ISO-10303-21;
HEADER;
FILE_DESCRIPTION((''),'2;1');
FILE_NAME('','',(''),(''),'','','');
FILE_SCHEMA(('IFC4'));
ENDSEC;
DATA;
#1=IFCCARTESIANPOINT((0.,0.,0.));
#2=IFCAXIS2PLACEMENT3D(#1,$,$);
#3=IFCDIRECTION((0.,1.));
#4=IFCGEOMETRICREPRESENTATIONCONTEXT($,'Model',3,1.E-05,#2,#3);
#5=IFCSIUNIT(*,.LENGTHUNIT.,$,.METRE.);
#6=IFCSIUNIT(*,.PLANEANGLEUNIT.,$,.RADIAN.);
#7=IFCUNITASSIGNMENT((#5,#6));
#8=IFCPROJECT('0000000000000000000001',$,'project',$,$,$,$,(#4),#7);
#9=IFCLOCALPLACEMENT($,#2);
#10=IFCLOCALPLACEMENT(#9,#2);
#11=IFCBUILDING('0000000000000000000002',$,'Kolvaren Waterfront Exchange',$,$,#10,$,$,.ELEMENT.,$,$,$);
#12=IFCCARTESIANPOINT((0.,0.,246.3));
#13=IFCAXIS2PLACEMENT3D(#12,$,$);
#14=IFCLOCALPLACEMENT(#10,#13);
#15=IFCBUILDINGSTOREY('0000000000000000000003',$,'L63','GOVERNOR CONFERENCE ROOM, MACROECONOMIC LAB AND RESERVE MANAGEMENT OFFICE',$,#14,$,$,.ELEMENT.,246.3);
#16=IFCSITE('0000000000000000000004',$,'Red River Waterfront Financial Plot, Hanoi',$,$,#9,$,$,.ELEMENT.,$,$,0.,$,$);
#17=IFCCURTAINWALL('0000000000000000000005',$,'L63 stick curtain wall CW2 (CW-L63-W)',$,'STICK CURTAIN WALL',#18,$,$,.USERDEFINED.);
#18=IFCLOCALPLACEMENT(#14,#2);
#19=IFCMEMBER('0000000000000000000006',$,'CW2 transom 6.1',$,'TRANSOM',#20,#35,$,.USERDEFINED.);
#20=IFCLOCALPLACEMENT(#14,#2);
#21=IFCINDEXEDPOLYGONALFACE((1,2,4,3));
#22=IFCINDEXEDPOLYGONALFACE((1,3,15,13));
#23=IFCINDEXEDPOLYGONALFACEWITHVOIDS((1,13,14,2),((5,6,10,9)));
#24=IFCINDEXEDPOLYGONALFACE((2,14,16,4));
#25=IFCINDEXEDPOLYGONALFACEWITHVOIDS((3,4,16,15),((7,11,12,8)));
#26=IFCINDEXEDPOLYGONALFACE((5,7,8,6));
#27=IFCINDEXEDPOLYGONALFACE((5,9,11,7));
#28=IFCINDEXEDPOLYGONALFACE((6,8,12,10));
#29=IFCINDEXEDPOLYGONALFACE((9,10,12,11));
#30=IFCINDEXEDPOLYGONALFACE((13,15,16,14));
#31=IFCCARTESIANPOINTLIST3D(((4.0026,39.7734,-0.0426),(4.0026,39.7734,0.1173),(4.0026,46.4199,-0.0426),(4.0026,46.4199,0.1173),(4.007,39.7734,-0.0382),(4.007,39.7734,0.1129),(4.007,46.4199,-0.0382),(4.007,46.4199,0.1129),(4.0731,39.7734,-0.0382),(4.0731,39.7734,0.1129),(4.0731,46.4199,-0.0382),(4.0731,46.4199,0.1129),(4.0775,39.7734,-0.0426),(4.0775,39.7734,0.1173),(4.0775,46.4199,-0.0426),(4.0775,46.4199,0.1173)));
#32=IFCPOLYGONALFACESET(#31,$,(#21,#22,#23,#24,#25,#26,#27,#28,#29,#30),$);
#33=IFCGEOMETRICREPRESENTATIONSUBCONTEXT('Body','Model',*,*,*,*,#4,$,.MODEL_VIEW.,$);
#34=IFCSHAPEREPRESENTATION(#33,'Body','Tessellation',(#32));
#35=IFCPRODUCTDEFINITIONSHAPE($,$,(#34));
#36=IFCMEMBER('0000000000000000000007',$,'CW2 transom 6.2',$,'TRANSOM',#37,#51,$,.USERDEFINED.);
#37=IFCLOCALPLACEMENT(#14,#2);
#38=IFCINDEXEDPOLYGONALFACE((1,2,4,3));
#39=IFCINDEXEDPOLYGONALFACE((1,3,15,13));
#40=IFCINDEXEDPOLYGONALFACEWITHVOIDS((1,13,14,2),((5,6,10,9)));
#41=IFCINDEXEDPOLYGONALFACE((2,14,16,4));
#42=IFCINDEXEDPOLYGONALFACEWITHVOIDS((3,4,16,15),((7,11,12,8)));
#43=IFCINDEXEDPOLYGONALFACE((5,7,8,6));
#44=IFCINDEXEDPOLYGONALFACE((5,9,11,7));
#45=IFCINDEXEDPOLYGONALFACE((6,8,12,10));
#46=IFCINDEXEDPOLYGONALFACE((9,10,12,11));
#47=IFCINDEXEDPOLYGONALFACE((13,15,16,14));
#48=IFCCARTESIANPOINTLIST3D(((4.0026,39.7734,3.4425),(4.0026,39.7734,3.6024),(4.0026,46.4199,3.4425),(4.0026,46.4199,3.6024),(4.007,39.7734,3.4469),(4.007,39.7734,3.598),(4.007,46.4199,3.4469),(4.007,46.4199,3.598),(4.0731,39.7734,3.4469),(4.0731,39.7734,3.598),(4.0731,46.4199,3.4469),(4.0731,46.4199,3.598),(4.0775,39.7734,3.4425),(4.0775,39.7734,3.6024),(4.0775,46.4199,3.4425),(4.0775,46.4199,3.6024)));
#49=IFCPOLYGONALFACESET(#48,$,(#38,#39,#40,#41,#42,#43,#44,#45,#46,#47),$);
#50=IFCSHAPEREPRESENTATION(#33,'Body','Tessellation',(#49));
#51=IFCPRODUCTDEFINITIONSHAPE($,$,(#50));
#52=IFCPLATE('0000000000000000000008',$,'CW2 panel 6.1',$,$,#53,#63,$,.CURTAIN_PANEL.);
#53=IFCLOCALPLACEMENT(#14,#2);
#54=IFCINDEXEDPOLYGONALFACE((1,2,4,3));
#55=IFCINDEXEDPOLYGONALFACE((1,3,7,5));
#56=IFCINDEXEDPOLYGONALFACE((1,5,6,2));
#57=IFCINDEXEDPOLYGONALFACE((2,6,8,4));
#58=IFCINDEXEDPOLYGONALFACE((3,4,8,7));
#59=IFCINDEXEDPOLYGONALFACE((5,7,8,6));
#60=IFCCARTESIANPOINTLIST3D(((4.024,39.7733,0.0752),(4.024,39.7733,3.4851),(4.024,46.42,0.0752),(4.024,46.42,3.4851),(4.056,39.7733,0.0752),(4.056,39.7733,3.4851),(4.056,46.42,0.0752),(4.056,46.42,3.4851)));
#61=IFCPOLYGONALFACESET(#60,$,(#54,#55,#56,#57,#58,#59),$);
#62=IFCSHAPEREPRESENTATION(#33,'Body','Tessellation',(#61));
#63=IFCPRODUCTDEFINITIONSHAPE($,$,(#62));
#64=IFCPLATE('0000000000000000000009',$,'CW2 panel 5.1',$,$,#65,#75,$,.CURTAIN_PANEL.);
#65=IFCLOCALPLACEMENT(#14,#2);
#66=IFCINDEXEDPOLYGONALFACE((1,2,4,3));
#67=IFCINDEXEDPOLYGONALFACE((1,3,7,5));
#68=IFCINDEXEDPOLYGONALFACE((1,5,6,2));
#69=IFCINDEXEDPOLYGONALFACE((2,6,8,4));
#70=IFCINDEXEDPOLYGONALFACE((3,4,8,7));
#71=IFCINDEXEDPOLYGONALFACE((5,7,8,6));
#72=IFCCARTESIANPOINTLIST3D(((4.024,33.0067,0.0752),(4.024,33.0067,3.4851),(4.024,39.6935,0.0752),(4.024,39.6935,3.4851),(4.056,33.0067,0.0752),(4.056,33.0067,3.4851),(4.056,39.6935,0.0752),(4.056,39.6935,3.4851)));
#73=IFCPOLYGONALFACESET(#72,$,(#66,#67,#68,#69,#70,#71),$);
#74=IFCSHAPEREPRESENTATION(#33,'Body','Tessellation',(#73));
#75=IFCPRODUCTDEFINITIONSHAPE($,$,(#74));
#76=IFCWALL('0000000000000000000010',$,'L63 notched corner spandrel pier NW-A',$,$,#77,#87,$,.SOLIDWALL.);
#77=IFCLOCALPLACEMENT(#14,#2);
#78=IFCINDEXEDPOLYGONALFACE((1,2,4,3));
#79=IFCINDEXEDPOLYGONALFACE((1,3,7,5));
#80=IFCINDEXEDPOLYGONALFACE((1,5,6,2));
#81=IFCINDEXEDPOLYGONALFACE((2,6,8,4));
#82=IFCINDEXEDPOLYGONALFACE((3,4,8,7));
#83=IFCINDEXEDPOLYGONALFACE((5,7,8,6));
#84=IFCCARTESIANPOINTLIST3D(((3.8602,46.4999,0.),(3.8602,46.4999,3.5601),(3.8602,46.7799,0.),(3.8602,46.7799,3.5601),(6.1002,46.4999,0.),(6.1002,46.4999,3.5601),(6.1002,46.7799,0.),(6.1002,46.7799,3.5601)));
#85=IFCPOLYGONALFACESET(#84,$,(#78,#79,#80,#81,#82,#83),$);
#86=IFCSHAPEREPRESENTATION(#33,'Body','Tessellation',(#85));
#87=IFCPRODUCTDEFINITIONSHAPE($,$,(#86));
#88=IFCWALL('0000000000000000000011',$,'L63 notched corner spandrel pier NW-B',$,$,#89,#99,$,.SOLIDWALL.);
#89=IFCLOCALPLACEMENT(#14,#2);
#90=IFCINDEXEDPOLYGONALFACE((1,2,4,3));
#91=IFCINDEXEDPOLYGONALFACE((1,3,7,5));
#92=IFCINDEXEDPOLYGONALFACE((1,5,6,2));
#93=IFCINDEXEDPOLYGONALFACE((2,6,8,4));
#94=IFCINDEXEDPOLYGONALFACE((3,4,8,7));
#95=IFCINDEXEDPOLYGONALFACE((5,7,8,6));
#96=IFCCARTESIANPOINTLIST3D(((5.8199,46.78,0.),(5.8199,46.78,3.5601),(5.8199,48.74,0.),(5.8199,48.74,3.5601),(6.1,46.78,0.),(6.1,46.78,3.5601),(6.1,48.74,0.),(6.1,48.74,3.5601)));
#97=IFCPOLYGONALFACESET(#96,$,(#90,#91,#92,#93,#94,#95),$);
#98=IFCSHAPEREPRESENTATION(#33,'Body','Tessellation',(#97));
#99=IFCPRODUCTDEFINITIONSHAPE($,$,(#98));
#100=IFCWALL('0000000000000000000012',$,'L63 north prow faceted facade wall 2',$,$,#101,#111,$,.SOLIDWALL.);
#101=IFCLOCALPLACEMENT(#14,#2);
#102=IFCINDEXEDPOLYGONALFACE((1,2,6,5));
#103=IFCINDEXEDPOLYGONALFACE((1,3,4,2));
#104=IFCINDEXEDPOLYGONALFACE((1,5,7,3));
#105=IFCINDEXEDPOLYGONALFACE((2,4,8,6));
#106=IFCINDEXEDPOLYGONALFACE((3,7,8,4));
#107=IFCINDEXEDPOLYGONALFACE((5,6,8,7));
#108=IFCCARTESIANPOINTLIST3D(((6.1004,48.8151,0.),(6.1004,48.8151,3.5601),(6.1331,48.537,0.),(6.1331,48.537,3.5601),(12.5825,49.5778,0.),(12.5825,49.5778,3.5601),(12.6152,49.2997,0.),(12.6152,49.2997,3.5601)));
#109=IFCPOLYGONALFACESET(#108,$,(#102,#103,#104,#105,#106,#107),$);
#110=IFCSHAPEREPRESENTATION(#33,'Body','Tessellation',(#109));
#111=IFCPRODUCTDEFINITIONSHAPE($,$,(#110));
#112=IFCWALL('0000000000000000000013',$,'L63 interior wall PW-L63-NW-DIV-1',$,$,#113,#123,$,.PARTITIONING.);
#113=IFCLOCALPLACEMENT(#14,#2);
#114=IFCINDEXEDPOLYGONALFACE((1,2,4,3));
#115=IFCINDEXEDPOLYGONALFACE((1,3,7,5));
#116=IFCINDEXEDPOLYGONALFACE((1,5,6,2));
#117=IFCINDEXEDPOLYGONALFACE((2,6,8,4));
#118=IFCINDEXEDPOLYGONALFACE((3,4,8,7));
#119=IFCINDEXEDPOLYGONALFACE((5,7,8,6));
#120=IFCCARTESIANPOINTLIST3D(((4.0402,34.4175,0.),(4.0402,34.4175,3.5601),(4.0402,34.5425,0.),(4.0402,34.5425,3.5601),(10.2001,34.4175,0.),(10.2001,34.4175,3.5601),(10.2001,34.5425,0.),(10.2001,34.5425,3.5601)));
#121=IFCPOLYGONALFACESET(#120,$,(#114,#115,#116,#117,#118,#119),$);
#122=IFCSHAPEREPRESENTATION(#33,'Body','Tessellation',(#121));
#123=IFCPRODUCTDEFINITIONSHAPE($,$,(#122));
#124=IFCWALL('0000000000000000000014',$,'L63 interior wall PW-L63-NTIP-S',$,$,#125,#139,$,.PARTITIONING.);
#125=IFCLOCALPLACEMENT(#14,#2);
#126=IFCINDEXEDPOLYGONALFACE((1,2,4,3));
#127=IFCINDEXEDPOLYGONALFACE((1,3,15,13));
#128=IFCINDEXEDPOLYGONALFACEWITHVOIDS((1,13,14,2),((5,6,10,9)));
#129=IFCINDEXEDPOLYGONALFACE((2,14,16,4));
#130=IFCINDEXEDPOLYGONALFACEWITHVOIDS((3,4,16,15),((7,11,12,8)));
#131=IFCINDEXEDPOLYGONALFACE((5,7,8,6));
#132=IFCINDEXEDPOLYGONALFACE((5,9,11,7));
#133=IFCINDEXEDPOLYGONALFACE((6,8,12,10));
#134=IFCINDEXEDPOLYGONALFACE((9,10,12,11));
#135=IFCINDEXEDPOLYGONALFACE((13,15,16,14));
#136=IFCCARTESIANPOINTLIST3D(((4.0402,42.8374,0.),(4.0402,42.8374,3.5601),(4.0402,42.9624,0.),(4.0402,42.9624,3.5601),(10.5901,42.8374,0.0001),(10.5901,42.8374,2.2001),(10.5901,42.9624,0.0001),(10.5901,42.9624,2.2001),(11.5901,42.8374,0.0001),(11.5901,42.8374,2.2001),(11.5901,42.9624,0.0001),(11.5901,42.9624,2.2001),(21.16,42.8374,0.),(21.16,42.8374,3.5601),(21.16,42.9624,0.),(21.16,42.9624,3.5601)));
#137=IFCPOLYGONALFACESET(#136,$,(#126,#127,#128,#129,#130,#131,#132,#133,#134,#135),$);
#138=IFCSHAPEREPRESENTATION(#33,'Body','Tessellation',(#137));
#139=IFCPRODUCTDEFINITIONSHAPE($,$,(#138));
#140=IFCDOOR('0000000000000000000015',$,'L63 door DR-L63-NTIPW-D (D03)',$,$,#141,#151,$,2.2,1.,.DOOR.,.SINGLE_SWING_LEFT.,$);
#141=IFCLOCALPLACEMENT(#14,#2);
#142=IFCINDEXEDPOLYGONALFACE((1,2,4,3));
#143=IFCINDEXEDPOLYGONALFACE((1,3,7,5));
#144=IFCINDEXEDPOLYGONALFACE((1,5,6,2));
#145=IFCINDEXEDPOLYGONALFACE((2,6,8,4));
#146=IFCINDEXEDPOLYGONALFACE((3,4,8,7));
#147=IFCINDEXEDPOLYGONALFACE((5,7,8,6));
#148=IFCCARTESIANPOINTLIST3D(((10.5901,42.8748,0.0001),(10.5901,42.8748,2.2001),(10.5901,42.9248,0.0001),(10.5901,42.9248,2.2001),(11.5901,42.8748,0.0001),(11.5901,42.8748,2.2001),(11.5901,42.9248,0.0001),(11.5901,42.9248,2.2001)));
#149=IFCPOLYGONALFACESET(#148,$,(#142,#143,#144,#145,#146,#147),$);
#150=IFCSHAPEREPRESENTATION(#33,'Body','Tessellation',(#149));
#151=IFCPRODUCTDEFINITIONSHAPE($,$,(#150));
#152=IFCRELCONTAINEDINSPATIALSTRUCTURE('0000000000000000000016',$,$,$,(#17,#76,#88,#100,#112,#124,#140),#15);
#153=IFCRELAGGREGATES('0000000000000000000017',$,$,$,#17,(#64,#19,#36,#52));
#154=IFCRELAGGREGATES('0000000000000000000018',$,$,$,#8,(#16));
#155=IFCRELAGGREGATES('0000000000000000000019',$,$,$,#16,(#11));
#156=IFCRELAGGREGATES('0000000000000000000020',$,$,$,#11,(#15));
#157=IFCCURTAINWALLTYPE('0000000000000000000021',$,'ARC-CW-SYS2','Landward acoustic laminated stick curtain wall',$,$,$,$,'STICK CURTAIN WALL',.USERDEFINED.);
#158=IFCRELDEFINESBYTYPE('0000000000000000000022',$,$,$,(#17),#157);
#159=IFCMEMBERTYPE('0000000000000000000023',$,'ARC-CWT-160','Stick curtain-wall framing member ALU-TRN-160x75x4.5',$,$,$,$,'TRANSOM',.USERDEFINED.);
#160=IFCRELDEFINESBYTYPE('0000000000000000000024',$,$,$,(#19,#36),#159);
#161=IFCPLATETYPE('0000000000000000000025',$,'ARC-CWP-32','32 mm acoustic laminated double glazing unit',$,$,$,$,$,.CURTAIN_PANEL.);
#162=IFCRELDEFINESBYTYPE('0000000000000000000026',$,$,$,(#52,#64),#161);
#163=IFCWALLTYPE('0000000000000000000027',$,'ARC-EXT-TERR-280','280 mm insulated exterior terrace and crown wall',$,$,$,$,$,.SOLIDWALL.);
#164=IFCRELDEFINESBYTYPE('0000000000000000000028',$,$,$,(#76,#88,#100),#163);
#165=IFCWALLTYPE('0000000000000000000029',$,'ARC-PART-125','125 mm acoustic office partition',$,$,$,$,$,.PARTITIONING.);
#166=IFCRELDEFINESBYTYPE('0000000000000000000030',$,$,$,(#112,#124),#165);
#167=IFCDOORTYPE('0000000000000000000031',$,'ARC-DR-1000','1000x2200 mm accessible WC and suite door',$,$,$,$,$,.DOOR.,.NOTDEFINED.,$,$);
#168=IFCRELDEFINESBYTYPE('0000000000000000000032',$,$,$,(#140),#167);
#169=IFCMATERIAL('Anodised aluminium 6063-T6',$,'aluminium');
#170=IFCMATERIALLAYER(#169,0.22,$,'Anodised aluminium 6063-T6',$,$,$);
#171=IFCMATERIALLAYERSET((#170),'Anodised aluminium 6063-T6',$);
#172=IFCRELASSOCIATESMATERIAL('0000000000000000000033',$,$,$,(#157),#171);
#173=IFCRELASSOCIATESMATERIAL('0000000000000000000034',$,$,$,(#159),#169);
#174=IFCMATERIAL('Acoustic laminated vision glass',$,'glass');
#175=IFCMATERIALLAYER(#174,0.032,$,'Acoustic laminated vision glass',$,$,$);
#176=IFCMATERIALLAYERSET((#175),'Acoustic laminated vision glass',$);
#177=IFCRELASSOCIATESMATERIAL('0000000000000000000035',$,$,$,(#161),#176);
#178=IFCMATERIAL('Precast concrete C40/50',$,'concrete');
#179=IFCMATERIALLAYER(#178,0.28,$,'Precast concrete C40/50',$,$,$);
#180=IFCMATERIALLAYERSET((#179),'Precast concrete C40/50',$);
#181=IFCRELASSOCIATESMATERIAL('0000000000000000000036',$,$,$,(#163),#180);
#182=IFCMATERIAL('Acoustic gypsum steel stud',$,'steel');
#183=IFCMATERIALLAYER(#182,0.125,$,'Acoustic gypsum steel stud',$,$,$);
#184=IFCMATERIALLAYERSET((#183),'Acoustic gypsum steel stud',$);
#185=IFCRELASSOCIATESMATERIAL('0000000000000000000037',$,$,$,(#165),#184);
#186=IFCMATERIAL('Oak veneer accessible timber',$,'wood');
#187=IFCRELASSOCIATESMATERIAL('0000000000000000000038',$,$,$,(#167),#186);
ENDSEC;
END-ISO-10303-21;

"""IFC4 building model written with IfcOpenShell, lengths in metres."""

from ifc_helpers import new_model, si_unit, direction, frame, frame_2d, origin, origin_with_axes, origin_2d, place, context, subcontext, project, spatial, rectangle, hollow_rectangle, extrude, source, transform, mapped, material, layer, layer_set, material_profile, profile_set, type_object, element, fill, aggregate, save


model = new_model("IFC4")

# Units and contexts
model_context = context("Model", 3, precision=1e-05, world=origin(), true_north=direction((0.0, 1.0)))
body_context = subcontext(model_context, "Body", "Model", "MODEL_VIEW")
ifc_project = project(units=[si_unit("LENGTHUNIT", "METRE"), si_unit("PLANEANGLEUNIT", "RADIAN")], contexts=[model_context])

# Site, building, storey
site_placement = place(None, origin())
site = spatial("IfcSite", under=ifc_project, at=site_placement, Name="Red River Waterfront Financial Plot, Hanoi", CompositionType="ELEMENT", RefElevation=0.0)
building_placement = place(site_placement, origin())
building = spatial("IfcBuilding", under=site, at=building_placement, Name="Kolvaren Waterfront Exchange", CompositionType="ELEMENT")
storey_placement = place(building_placement, frame((0.0, 0.0, 246.3)))
storey = spatial("IfcBuildingStorey", under=building, at=storey_placement, Name="L63", Description="GOVERNOR CONFERENCE ROOM, MACROECONOMIC LAB AND RESERVE MANAGEMENT OFFICE", CompositionType="ELEMENT", Elevation=246.3)

# Curtain wall, members, plates
ifc_material_1 = material(Name="Anodised aluminium 6063-T6", Category="aluminium")
ifc_layer_1 = layer(ifc_material_1, 0.22, Name="Anodised aluminium 6063-T6")
ifc_layer_set_1 = layer_set([ifc_layer_1], Name="Anodised aluminium 6063-T6")
curtain_wall_type = type_object("IfcCurtainWallType", Name="ARC-CW-SYS2", Description="Landward acoustic laminated stick curtain wall", ElementType="STICK CURTAIN WALL", PredefinedType="USERDEFINED", material=ifc_layer_set_1)
curtain_wall_placement = place(storey_placement, origin())
curtain_wall = element("IfcCurtainWall", 1, at=curtain_wall_placement, inside=storey, type_object=curtain_wall_type, Name="L63 stick curtain wall CW2 (CW-L63-W)", ObjectType="STICK CURTAIN WALL", PredefinedType="USERDEFINED")
ifc_material_profile_1 = material_profile(ifc_material_1, hollow_rectangle(XDim=0.075, YDim=0.1599, WallThickness=0.0044, at=origin_2d()), Name="ALU-TRN-160x75x4.5")
ifc_profile_set_1 = profile_set([ifc_material_profile_1], Name="Anodised aluminium 6063-T6")
member_type_1 = type_object("IfcMemberType", Name="ARC-CWT-160", Description="Stick curtain-wall framing member ALU-TRN-160x75x4.5", ElementType="TRANSOM", PredefinedType="USERDEFINED", material=ifc_profile_set_1)
shared_shape_1 = source(origin_with_axes(), body_context, "Body", "SweptSolid", [
    extrude(hollow_rectangle(XDim=0.075, YDim=0.1599, WallThickness=0.0044, at=origin_2d()), origin(), (0.0, 0.0, 1.0), 6.6465),
])
member_1_placement = place(storey_placement, frame((4.04, 39.7734, 0.0374), z_axis=(0.0, 1.0, 0.0), x_axis=(-1.0, 0.0, 0.0)))
member_1 = element("IfcMember", 2, at=member_1_placement, type_object=member_type_1, Name="CW2 transom 6.1", ObjectType="TRANSOM", PredefinedType="USERDEFINED", context=body_context, shape_type="MappedRepresentation", body=[
    mapped(shared_shape_1, transform((0.0, 0.0, 0.0), x_axis=(1.0, 0.0, 0.0), y_axis=(0.0, 1.0, 0.0), z_axis=(0.0, 0.0, 1.0), scale=1.0)),
])
member_2_placement = place(storey_placement, frame((4.04, 39.7734, 3.5225), z_axis=(0.0, 1.0, 0.0), x_axis=(-1.0, 0.0, 0.0)))
member_2 = element("IfcMember", 3, at=member_2_placement, type_object=member_type_1, Name="CW2 transom 6.2", ObjectType="TRANSOM", PredefinedType="USERDEFINED", context=body_context, shape_type="MappedRepresentation", body=[
    mapped(shared_shape_1, transform((0.0, 0.0, 0.0), x_axis=(1.0, 0.0, 0.0), y_axis=(0.0, 1.0, 0.0), z_axis=(0.0, 0.0, 1.0), scale=1.0)),
])
ifc_material_2 = material(Name="Acoustic laminated vision glass", Category="glass")
ifc_layer_2 = layer(ifc_material_2, 0.032, Name="Acoustic laminated vision glass")
ifc_layer_set_2 = layer_set([ifc_layer_2], Name="Acoustic laminated vision glass")
plate_type = type_object("IfcPlateType", Name="ARC-CWP-32", Description="32 mm acoustic laminated double glazing unit", PredefinedType="CURTAIN_PANEL", material=ifc_layer_set_2)
shared_shape_2 = source(origin_with_axes(), body_context, "Body", "SweptSolid", [
    extrude(rectangle(XDim=6.6467, YDim=0.032, at=origin_2d()), origin(), (0.0, 0.0, 1.0), 3.4099),
])
plate_1_placement = place(storey_placement, frame((4.04, 43.0967, 0.0752), z_axis=(0.0, 0.0, 1.0), x_axis=(0.0, 1.0, 0.0)))
plate_1 = element("IfcPlate", 4, at=plate_1_placement, type_object=plate_type, Name="CW2 panel 6.1", PredefinedType="CURTAIN_PANEL", context=body_context, shape_type="MappedRepresentation", body=[
    mapped(shared_shape_2, transform((0.0, 0.0, 0.0), x_axis=(1.0, 0.0, 0.0), y_axis=(0.0, 1.0, 0.0), z_axis=(0.0, 0.0, 1.0), scale=1.0)),
])
shared_shape_3 = source(origin_with_axes(), body_context, "Body", "SweptSolid", [
    extrude(rectangle(XDim=6.6868, YDim=0.032, at=origin_2d()), origin(), (0.0, 0.0, 1.0), 3.4099),
])
plate_2_placement = place(storey_placement, frame((4.04, 36.3501, 0.0752), z_axis=(0.0, 0.0, 1.0), x_axis=(0.0, 1.0, 0.0)))
plate_2 = element("IfcPlate", 5, at=plate_2_placement, type_object=plate_type, Name="CW2 panel 5.1", PredefinedType="CURTAIN_PANEL", context=body_context, shape_type="MappedRepresentation", body=[
    mapped(shared_shape_3, transform((0.0, 0.0, 0.0), x_axis=(1.0, 0.0, 0.0), y_axis=(0.0, 1.0, 0.0), z_axis=(0.0, 0.0, 1.0), scale=1.0)),
])
aggregate(curtain_wall, [plate_2, member_1, member_2, plate_1])

# Walls
ifc_material_3 = material(Name="Precast concrete C40/50", Category="concrete")
ifc_layer_3 = layer(ifc_material_3, 0.28, Name="Precast concrete C40/50")
ifc_layer_set_3 = layer_set([ifc_layer_3], Name="Precast concrete C40/50")
wall_type_1 = type_object("IfcWallType", Name="ARC-EXT-TERR-280", Description="280 mm insulated exterior terrace and crown wall", PredefinedType="SOLIDWALL", material=ifc_layer_set_3)
wall_1_placement = place(storey_placement, frame((3.8601, 46.6399, 0.0), z_axis=(0.0, 0.0, 1.0), x_axis=(1.0, 0.0, 0.0)))
element("IfcWall", 6, at=wall_1_placement, inside=storey, type_object=wall_type_1, Name="L63 notched corner spandrel pier NW-A", PredefinedType="SOLIDWALL", context=body_context, shape_type="SweptSolid", body=[
    extrude(rectangle(XDim=2.24, YDim=0.28, at=frame_2d((1.1201, 0.0))), origin(), (0.0, 0.0, 1.0), 3.5601),
])
wall_2_placement = place(storey_placement, frame((5.96, 46.78, 0.0), z_axis=(0.0, 0.0, 1.0), x_axis=(0.0, 1.0, 0.0)))
element("IfcWall", 7, at=wall_2_placement, inside=storey, type_object=wall_type_1, Name="L63 notched corner spandrel pier NW-B", PredefinedType="SOLIDWALL", context=body_context, shape_type="SweptSolid", body=[
    extrude(rectangle(XDim=1.96, YDim=0.28, at=frame_2d((0.98, 0.0))), origin(), (0.0, 0.0, 1.0), 3.5601),
])
wall_3_placement = place(storey_placement, frame((12.5989, 49.4387, 0.0), z_axis=(0.0, 0.0, 1.0), x_axis=(-0.993149, -0.116854, 0.0)))
element("IfcWall", 8, at=wall_3_placement, inside=storey, type_object=wall_type_1, Name="L63 north prow faceted facade wall 2", PredefinedType="SOLIDWALL", context=body_context, shape_type="SweptSolid", body=[
    extrude(rectangle(XDim=6.5269, YDim=0.28, at=frame_2d((3.2634, 0.0))), origin(), (0.0, 0.0, 1.0), 3.5601),
])
ifc_material_4 = material(Name="Acoustic gypsum steel stud", Category="steel")
ifc_layer_4 = layer(ifc_material_4, 0.125, Name="Acoustic gypsum steel stud")
ifc_layer_set_4 = layer_set([ifc_layer_4], Name="Acoustic gypsum steel stud")
wall_type_2 = type_object("IfcWallType", Name="ARC-PART-125", Description="125 mm acoustic office partition", PredefinedType="PARTITIONING", material=ifc_layer_set_4)
wall_4_placement = place(storey_placement, frame((4.04, 34.48, 0.0), z_axis=(0.0, 0.0, 1.0), x_axis=(1.0, 0.0, 0.0)))
element("IfcWall", 9, at=wall_4_placement, inside=storey, type_object=wall_type_2, Name="L63 interior wall PW-L63-NW-DIV-1", PredefinedType="PARTITIONING", context=body_context, shape_type="SweptSolid", body=[
    extrude(rectangle(XDim=6.1599, YDim=0.125, at=frame_2d((3.0801, 0.0))), origin(), (0.0, 0.0, 1.0), 3.5601),
])

# Wall, opening, door
wall_5_placement = place(storey_placement, frame((4.04, 42.8999, 0.0), z_axis=(0.0, 0.0, 1.0), x_axis=(1.0, 0.0, 0.0)))
wall_5 = element("IfcWall", 10, at=wall_5_placement, inside=storey, type_object=wall_type_2, Name="L63 interior wall PW-L63-NTIP-S", PredefinedType="PARTITIONING", context=body_context, shape_type="SweptSolid", body=[
    extrude(rectangle(XDim=17.1199, YDim=0.125, at=frame_2d((8.5601, 0.0))), origin(), (0.0, 0.0, 1.0), 3.5601),
])
opening_1_placement = place(wall_5_placement, frame((6.55, 0.0, 0.0)))
opening_1 = element("IfcOpeningElement", 11, at=opening_1_placement, cuts=wall_5, PredefinedType="OPENING", context=body_context, shape_type="SweptSolid", body=[
    extrude(rectangle(XDim=1.0, YDim=2.2, at=frame_2d((0.5, 1.1001))), frame((0.0, 0.0725, 0.0), z_axis=(0.0, -1.0, 0.0), x_axis=(1.0, 0.0, 0.0)), (0.0, 0.0, 1.0), 0.145),
])
ifc_material_5 = material(Name="Oak veneer accessible timber", Category="wood")
door_type_1 = type_object("IfcDoorType", Name="ARC-DR-1000", Description="1000x2200 mm accessible WC and suite door", OperationType="NOTDEFINED", PredefinedType="DOOR", material=ifc_material_5)
door_1_placement = place(opening_1_placement, origin())
door_1 = element("IfcDoor", 12, at=door_1_placement, inside=storey, type_object=door_type_1, Name="L63 door DR-L63-NTIPW-D (D03)", OperationType="SINGLE_SWING_LEFT", OverallHeight=2.2, OverallWidth=1.0, PredefinedType="DOOR", context=body_context, shape_type="SweptSolid", body=[
    extrude(rectangle(XDim=1.0, YDim=2.2, at=frame_2d((0.5, 1.1001))), frame((0.0, 0.0249, 0.0), z_axis=(0.0, -1.0, 0.0), x_axis=(1.0, 0.0, 0.0)), (0.0, 0.0, 1.0), 0.05),
])
fill(opening_1, door_1)

save(model, "model.ifc")
